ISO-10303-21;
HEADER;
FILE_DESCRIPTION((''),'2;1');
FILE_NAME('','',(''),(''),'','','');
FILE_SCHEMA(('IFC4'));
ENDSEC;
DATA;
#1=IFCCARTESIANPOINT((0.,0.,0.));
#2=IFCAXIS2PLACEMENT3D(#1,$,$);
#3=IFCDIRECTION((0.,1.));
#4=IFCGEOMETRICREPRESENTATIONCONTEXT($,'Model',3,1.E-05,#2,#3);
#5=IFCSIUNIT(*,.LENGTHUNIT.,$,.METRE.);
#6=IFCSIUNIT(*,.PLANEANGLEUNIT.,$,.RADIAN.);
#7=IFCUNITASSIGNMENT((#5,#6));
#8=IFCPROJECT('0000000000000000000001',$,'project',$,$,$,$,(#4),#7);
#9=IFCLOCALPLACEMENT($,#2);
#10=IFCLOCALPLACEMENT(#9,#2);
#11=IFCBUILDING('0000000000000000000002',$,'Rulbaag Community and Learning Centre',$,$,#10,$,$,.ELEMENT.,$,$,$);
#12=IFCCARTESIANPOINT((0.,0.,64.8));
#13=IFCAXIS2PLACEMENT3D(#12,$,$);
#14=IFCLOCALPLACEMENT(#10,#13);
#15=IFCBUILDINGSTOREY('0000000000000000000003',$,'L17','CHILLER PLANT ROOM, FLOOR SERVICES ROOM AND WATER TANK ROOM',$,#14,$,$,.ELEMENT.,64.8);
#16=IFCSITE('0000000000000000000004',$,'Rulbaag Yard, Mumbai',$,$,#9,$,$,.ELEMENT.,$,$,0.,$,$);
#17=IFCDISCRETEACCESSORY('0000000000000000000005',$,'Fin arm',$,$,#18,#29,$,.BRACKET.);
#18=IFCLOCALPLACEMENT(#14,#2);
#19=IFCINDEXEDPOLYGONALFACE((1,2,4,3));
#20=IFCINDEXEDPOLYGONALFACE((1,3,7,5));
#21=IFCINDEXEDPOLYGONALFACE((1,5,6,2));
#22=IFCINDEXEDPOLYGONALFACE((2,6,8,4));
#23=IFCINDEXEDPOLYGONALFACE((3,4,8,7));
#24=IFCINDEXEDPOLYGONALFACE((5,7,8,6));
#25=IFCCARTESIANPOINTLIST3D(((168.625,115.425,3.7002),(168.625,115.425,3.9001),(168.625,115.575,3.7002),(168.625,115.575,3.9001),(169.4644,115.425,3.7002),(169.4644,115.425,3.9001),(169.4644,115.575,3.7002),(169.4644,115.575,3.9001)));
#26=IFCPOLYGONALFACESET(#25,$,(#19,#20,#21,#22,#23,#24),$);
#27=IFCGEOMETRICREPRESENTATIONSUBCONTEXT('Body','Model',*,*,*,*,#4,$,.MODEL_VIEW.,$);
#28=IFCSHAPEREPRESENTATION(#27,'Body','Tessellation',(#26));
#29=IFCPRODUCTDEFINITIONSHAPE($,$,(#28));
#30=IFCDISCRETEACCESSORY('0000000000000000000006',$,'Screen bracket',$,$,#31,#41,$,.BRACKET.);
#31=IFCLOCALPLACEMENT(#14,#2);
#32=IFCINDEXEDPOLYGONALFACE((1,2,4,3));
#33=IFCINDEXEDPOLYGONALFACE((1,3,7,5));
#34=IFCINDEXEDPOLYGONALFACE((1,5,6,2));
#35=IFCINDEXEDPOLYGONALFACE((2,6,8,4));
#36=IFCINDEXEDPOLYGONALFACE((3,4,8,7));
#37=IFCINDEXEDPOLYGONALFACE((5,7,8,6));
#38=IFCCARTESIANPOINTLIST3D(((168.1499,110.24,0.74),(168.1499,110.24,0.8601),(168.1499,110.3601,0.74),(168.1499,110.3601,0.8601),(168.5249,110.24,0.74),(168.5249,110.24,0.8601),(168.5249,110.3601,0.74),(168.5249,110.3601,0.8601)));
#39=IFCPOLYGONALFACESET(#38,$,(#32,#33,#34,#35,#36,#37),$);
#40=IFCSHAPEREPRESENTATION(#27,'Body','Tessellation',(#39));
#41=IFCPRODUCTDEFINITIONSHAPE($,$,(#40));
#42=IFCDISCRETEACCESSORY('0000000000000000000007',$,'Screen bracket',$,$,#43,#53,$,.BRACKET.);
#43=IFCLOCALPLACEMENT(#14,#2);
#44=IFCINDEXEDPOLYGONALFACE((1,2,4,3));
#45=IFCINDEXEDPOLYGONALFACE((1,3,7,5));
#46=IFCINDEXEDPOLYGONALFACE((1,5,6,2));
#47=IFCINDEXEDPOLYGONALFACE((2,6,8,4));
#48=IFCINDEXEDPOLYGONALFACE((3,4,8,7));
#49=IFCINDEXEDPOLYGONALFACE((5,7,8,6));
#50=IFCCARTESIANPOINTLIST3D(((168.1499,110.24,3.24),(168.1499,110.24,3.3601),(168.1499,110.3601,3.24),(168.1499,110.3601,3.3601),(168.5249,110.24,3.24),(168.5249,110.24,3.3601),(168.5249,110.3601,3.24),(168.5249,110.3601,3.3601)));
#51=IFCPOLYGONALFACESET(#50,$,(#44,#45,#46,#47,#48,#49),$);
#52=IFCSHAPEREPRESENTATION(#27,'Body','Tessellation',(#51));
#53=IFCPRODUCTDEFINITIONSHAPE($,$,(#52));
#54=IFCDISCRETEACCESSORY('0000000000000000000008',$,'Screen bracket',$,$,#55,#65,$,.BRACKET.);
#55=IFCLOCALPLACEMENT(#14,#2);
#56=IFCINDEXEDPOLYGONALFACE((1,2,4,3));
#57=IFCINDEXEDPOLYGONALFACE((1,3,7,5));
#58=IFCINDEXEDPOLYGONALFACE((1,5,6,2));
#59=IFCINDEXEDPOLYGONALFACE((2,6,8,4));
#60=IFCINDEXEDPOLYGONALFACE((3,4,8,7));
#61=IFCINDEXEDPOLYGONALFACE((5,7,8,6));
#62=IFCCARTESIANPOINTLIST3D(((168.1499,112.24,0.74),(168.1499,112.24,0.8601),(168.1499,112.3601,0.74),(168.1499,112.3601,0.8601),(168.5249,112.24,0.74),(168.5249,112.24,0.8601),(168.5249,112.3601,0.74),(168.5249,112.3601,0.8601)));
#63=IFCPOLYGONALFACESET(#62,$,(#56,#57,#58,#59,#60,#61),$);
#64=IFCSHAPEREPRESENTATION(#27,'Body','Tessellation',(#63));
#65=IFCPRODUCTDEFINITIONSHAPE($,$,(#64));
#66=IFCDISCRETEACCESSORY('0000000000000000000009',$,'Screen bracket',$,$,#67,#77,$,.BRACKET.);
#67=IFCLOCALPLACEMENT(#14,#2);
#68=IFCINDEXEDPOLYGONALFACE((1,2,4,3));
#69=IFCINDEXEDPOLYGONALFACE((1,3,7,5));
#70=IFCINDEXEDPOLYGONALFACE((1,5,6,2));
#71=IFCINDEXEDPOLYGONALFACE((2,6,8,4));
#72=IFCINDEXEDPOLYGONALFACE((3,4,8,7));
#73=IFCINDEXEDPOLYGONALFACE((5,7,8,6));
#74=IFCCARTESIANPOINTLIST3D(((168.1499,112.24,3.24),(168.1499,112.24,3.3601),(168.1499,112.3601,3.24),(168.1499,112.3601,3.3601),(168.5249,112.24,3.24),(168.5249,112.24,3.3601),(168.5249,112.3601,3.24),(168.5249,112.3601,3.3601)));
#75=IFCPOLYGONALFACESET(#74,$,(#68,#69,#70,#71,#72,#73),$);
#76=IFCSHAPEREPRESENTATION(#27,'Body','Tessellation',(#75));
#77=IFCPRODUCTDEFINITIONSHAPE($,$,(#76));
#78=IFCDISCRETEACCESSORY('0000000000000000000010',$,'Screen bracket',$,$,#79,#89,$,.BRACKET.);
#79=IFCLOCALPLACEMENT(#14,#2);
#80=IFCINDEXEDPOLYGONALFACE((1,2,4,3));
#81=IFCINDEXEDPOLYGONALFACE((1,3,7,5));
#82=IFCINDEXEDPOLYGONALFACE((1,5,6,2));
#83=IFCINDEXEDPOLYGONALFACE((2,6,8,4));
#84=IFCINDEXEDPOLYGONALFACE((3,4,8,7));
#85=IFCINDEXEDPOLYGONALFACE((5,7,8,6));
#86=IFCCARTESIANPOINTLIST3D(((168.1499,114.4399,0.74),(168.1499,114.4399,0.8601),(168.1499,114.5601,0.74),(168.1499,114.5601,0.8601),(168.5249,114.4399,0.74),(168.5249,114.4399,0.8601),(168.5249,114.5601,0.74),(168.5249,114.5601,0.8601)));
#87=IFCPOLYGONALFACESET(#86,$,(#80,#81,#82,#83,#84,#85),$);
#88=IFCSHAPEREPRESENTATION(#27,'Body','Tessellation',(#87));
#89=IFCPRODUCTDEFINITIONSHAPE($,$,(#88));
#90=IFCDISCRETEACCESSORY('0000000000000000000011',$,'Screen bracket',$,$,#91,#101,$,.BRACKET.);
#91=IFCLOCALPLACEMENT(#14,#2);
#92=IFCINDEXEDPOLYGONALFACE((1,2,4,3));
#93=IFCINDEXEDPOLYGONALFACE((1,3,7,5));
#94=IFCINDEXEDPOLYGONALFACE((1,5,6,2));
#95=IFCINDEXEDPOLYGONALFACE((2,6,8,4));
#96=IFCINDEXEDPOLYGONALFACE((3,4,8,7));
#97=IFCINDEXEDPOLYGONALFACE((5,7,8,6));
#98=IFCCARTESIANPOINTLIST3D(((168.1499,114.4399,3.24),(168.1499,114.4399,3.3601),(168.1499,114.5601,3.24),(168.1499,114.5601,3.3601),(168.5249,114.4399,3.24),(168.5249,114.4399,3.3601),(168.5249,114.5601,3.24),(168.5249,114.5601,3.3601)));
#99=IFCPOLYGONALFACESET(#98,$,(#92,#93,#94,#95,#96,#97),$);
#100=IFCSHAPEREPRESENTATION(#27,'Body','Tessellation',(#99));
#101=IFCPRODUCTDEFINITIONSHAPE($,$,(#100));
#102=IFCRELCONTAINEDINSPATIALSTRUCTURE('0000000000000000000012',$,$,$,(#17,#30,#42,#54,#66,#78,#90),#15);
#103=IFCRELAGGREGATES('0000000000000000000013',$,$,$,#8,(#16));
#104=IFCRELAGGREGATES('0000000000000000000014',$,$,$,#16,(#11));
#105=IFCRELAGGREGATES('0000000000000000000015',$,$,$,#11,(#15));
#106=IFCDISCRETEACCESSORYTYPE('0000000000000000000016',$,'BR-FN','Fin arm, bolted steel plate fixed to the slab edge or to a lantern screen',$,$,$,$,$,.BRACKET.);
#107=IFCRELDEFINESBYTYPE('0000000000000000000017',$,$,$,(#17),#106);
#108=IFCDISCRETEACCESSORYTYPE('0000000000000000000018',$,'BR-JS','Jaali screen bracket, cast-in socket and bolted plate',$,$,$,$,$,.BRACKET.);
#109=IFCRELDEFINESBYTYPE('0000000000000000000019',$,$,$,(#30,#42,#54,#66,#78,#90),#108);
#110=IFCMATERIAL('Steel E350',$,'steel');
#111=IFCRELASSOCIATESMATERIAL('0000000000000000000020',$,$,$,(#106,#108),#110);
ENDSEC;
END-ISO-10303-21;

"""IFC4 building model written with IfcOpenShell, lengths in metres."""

from ifc_helpers import new_model, si_unit, direction, frame, origin, origin_2d, place, context, subcontext, project, spatial, rectangle, extrude, material, type_object, element, save


model = new_model("IFC4")

# Units and contexts
model_context = context("Model", 3, precision=1e-05, world=origin(), true_north=direction((0.0, 1.0)))
body_context = subcontext(model_context, "Body", "Model", "MODEL_VIEW")
ifc_project = project(units=[si_unit("LENGTHUNIT", "METRE"), si_unit("PLANEANGLEUNIT", "RADIAN")], contexts=[model_context])

# Site, building, storey
site_placement = place(None, origin())
site = spatial("IfcSite", under=ifc_project, at=site_placement, Name="Rulbaag Yard, Mumbai", CompositionType="ELEMENT", RefElevation=0.0)
building_placement = place(site_placement, origin())
building = spatial("IfcBuilding", under=site, at=building_placement, Name="Rulbaag Community and Learning Centre", CompositionType="ELEMENT")
storey_placement = place(building_placement, frame((0.0, 0.0, 64.8)))
storey = spatial("IfcBuildingStorey", under=building, at=storey_placement, Name="L17", Description="CHILLER PLANT ROOM, FLOOR SERVICES ROOM AND WATER TANK ROOM", CompositionType="ELEMENT", Elevation=64.8)

# Discrete accessories
ifc_material_1 = material(Name="Steel E350", Category="steel")
discrete_accessory_type_1 = type_object("IfcDiscreteAccessoryType", Name="BR-FN", Description="Fin arm, bolted steel plate fixed to the slab edge or to a lantern screen", PredefinedType="BRACKET", material=ifc_material_1)
discrete_accessory_1_placement = place(storey_placement, frame((169.0447, 115.5, 3.7002), z_axis=(0.0, 0.0, 1.0), x_axis=(1.0, 0.0, 0.0)))
element("IfcDiscreteAccessory", 1, at=discrete_accessory_1_placement, inside=storey, type_object=discrete_accessory_type_1, Name="Fin arm", PredefinedType="BRACKET", context=body_context, shape_type="SweptSolid", body=[
    extrude(rectangle(XDim=0.8394, YDim=0.1499, at=origin_2d()), origin(), (0.0, 0.0, 1.0), 0.2),
])
discrete_accessory_type_2 = type_object("IfcDiscreteAccessoryType", Name="BR-JS", Description="Jaali screen bracket, cast-in socket and bolted plate", PredefinedType="BRACKET", material=ifc_material_1)
for number, where, z_axis, x_axis, name in (
    (2, (168.3374, 110.3, 0.74), (0.0, 0.0, 1.0), (1.0, 0.0, 0.0), "Screen bracket"),
    (3, (168.3374, 110.3, 3.24), (0.0, 0.0, 1.0), (1.0, 0.0, 0.0), "Screen bracket"),
    (4, (168.3374, 112.3, 0.74), (0.0, 0.0, 1.0), (1.0, 0.0, 0.0), "Screen bracket"),
    (5, (168.3374, 112.3, 3.24), (0.0, 0.0, 1.0), (1.0, 0.0, 0.0), "Screen bracket"),
    (6, (168.3374, 114.5, 0.74), (0.0, 0.0, 1.0), (1.0, 0.0, 0.0), "Screen bracket"),
    (7, (168.3374, 114.5, 3.24), (0.0, 0.0, 1.0), (1.0, 0.0, 0.0), "Screen bracket"),
):
    element("IfcDiscreteAccessory", number, at=place(storey_placement, frame(where, z_axis=z_axis, x_axis=x_axis)), inside=storey, type_object=discrete_accessory_type_2, Name=name, PredefinedType="BRACKET", context=body_context, shape_type="SweptSolid", body=[
        extrude(rectangle(XDim=0.375, YDim=0.1201, at=origin_2d()), origin(), (0.0, 0.0, 1.0), 0.1201),
    ])

save(model, "model.ifc")
